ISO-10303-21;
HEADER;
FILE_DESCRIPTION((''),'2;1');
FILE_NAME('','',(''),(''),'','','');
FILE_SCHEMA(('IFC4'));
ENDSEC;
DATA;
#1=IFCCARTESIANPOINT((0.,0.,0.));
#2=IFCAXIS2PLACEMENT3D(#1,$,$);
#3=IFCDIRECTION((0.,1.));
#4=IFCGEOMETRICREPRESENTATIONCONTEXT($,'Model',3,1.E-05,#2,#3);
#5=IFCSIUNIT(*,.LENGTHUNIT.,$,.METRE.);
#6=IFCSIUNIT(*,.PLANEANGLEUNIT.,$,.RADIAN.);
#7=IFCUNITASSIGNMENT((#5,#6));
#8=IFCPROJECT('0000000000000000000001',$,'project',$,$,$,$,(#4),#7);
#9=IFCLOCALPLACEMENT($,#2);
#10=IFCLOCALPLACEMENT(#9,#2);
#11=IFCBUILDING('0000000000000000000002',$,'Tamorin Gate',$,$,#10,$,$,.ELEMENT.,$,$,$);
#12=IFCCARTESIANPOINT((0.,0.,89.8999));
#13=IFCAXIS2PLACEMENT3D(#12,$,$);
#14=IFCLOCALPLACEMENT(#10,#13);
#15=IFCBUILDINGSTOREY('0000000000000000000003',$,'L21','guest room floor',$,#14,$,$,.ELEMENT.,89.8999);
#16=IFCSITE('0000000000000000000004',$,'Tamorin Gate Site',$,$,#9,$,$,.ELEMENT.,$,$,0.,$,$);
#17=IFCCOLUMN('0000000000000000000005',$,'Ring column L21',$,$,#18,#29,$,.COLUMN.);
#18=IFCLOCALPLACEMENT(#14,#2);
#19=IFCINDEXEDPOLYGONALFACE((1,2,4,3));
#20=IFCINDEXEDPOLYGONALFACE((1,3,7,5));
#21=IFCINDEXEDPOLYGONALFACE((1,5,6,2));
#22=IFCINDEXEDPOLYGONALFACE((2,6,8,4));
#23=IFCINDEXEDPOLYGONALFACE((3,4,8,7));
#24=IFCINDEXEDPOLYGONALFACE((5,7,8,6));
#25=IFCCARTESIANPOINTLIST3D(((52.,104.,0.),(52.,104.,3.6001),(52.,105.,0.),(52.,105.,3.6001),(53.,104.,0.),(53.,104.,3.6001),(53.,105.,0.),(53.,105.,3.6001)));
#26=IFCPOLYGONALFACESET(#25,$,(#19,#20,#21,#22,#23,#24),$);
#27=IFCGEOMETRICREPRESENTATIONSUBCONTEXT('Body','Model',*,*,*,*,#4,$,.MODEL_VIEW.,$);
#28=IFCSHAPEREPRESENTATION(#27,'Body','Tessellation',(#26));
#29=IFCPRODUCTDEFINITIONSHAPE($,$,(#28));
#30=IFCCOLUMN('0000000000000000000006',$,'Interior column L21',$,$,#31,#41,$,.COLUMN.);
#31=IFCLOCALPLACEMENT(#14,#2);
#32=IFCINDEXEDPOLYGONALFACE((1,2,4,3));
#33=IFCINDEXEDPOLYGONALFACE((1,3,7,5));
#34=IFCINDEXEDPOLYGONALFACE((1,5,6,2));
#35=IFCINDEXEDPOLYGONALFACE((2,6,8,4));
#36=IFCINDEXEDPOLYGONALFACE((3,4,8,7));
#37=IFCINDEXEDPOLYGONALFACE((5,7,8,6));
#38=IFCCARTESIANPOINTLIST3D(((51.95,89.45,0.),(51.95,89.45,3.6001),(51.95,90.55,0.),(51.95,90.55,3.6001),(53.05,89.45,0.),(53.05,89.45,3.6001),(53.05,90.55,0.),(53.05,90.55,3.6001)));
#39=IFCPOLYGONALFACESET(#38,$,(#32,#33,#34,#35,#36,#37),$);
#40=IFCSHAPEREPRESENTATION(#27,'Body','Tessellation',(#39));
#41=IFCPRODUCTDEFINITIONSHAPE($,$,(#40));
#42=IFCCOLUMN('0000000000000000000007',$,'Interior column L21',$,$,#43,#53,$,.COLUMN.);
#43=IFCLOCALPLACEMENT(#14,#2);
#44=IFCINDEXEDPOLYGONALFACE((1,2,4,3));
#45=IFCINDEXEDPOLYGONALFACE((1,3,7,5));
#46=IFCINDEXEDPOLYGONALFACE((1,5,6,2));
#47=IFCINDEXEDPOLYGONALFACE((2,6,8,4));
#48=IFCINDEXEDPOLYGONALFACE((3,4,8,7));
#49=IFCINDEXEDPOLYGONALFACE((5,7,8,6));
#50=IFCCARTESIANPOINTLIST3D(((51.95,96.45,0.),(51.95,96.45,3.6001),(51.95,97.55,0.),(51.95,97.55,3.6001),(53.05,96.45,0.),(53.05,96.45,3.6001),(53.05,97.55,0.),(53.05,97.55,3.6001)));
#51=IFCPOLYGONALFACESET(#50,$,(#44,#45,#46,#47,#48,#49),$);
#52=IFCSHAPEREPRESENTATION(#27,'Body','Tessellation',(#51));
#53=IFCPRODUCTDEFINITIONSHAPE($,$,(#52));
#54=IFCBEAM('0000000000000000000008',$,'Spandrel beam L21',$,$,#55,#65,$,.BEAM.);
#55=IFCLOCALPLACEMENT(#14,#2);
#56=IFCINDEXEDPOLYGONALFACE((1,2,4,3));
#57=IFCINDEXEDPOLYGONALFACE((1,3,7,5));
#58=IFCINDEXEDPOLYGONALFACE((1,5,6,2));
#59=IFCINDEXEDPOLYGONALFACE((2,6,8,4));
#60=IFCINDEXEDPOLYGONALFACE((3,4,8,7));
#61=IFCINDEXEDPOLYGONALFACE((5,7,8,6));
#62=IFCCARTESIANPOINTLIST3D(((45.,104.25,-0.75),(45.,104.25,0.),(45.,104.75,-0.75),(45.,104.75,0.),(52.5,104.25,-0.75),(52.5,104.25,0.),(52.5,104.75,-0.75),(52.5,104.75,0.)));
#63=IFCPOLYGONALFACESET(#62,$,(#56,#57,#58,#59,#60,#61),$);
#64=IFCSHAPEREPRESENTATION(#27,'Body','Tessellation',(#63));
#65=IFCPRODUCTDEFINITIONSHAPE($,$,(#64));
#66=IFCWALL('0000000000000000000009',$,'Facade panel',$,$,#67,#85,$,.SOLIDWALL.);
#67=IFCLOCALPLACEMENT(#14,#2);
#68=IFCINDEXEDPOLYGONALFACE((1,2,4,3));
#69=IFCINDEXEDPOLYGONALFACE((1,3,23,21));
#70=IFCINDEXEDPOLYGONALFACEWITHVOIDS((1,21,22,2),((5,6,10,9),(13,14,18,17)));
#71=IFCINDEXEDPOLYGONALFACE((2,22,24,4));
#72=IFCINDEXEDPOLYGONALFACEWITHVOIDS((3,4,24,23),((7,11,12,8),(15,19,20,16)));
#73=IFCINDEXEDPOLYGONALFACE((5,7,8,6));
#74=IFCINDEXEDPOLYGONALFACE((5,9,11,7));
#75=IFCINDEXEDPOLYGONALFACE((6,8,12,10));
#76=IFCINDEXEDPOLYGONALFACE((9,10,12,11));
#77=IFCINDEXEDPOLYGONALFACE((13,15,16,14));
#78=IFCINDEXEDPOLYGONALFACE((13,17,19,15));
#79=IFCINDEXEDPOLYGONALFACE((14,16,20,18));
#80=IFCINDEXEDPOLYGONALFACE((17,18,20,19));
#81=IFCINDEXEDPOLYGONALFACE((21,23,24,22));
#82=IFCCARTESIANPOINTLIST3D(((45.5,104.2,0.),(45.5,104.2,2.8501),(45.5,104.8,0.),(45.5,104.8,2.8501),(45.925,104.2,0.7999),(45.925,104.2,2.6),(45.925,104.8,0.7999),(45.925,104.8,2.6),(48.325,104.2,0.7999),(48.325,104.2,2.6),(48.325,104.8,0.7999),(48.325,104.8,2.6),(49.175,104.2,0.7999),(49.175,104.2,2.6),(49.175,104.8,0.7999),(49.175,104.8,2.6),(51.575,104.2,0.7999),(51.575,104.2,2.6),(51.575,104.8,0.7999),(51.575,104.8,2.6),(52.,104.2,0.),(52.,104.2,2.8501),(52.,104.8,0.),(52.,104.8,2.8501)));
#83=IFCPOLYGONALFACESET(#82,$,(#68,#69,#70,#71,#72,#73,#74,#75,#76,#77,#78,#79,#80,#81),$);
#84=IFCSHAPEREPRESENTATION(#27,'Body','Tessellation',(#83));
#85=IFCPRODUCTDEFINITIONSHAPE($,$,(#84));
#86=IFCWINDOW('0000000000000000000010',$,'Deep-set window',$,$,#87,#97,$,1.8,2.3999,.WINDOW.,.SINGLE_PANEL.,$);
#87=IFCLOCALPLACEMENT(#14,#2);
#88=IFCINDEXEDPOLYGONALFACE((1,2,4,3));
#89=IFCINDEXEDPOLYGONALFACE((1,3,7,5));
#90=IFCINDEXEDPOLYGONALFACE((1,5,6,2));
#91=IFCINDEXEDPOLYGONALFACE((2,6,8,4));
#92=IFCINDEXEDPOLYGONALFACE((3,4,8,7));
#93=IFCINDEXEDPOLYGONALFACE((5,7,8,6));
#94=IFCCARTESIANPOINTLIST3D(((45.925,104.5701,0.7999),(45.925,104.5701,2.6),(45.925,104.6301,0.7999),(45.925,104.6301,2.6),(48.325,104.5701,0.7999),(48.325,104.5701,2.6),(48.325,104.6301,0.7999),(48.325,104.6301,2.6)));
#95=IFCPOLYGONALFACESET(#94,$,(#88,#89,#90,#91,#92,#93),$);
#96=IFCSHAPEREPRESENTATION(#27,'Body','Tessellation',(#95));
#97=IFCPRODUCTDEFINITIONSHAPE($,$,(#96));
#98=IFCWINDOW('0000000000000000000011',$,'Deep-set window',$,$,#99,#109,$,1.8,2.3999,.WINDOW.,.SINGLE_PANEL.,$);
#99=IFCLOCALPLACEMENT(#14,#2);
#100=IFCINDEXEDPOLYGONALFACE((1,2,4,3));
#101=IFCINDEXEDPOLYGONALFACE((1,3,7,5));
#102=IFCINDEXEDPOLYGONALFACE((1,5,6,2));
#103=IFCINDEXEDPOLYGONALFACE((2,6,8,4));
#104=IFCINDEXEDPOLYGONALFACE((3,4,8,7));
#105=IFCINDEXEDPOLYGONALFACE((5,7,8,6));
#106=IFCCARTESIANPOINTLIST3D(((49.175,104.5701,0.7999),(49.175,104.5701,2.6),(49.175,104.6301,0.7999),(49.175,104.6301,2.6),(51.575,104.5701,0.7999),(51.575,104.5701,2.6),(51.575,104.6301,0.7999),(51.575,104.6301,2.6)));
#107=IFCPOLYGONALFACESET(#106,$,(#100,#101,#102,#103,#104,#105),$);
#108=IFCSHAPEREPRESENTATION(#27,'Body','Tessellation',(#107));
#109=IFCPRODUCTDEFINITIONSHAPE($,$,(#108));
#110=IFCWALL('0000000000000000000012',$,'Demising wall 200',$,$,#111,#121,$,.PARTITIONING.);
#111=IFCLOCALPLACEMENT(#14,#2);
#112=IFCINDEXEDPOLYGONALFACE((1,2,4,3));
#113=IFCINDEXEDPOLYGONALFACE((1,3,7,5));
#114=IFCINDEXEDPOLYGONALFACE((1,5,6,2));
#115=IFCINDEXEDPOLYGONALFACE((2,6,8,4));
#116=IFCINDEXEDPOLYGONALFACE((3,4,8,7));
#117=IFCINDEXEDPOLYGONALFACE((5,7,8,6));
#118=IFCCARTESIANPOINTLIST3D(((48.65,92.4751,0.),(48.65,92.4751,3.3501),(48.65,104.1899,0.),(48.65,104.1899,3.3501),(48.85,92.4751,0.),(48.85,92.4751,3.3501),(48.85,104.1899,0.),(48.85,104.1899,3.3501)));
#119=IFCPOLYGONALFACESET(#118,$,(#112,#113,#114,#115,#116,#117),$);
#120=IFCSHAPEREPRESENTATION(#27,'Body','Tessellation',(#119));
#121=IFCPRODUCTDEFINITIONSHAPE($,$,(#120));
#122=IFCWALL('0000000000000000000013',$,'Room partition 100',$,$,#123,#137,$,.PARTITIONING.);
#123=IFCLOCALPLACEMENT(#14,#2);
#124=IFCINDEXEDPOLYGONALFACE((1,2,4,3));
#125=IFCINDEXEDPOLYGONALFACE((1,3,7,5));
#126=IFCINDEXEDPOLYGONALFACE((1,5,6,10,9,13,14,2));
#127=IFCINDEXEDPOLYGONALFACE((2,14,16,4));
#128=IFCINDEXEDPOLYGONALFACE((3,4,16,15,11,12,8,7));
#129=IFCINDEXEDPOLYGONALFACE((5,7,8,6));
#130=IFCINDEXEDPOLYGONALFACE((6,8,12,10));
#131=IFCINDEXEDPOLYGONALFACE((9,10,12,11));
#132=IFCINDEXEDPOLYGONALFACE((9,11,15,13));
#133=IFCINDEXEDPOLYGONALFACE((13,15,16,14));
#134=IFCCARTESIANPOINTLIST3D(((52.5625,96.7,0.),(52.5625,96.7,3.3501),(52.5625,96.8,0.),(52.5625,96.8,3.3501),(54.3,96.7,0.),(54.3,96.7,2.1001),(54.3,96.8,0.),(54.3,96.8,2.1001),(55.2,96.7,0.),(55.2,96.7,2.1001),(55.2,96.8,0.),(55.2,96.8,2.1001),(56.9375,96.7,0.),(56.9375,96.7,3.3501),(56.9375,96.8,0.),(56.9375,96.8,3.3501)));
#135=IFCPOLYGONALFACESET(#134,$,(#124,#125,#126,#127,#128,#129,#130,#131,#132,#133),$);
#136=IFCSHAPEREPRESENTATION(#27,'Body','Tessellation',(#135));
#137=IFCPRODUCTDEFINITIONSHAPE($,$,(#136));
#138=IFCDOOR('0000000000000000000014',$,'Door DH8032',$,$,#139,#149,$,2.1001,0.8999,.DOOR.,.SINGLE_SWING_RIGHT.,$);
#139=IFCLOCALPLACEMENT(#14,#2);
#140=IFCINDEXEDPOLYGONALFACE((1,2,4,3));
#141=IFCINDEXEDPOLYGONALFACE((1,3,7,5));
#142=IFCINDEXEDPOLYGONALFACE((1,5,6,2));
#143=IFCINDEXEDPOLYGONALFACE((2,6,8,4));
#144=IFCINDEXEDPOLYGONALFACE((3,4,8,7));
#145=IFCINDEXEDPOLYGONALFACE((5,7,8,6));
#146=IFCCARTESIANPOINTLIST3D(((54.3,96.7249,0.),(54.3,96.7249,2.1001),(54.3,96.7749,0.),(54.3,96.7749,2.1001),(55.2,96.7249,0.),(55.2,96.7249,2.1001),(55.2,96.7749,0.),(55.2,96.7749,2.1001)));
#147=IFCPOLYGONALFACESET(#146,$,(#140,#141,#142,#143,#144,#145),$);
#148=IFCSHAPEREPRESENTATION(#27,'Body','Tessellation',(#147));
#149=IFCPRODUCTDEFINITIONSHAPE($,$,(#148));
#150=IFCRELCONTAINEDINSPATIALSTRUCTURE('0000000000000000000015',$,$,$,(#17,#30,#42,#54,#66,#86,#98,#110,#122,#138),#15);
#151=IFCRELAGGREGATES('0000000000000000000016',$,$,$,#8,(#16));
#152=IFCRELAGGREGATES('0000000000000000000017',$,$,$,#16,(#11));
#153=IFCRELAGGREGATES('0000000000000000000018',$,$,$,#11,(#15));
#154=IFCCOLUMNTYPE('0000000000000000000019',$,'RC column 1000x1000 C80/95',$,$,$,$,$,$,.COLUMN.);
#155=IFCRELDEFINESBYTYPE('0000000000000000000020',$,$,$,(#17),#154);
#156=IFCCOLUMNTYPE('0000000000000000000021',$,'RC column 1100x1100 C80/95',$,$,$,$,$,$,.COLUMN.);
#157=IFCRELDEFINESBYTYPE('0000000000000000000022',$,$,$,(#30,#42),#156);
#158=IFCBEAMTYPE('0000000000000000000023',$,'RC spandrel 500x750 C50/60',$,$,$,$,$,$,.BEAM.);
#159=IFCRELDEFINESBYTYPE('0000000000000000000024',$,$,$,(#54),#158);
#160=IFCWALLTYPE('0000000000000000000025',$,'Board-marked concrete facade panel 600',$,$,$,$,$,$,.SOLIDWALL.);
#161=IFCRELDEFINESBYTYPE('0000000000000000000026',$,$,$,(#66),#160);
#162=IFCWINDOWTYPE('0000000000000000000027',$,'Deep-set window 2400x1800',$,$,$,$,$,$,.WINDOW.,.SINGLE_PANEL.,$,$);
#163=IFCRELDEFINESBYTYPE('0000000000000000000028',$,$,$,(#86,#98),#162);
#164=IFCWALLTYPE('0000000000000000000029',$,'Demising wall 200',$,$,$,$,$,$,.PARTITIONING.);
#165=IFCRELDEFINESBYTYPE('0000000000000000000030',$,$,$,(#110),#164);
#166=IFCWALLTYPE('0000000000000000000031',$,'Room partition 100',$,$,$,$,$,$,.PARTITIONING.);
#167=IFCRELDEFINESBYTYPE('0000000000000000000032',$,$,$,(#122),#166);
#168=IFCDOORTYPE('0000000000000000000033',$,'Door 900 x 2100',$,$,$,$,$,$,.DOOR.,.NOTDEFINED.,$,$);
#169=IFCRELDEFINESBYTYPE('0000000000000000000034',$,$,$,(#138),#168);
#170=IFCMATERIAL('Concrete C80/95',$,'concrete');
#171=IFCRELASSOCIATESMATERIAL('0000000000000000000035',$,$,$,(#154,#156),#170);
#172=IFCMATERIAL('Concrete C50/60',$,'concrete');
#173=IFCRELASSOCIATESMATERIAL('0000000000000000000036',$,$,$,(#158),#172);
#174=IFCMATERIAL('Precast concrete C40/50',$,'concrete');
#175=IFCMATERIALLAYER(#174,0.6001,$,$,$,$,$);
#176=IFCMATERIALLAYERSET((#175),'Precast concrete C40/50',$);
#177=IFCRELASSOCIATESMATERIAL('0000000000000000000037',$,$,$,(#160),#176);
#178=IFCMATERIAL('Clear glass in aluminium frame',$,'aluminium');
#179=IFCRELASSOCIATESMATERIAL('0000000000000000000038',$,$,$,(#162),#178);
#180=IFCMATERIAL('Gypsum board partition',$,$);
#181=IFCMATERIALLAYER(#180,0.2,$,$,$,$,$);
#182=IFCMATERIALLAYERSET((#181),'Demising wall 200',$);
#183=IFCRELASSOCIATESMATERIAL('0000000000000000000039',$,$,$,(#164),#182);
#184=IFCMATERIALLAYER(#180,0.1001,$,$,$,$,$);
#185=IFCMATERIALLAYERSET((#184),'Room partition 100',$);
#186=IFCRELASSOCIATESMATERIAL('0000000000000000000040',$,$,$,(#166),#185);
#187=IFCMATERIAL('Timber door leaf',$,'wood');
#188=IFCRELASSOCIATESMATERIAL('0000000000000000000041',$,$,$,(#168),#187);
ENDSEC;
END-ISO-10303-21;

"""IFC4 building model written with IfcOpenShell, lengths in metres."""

from ifc_helpers import new_model, si_unit, direction, frame, frame_2d, origin, origin_2d, place, context, subcontext, project, spatial, rectangle, extrude, material, layer, layer_set, material_profile, profile_set, type_object, element, fill, save


model = new_model("IFC4")

# Units and contexts
model_context = context("Model", 3, precision=1e-05, world=origin(), true_north=direction((0.0, 1.0)))
body_context = subcontext(model_context, "Body", "Model", "MODEL_VIEW")
ifc_project = project(units=[si_unit("LENGTHUNIT", "METRE"), si_unit("PLANEANGLEUNIT", "RADIAN")], contexts=[model_context])

# Site, building, storey
site_placement = place(None, origin())
site = spatial("IfcSite", under=ifc_project, at=site_placement, Name="Tamorin Gate Site", CompositionType="ELEMENT", RefElevation=0.0)
building_placement = place(site_placement, origin())
building = spatial("IfcBuilding", under=site, at=building_placement, Name="Tamorin Gate", CompositionType="ELEMENT")
storey_placement = place(building_placement, frame((0.0, 0.0, 89.8999)))
storey = spatial("IfcBuildingStorey", under=building, at=storey_placement, Name="L21", Description="guest room floor", CompositionType="ELEMENT", Elevation=89.8999)

# Columns
ifc_material_1 = material(Name="Concrete C80/95", Category="concrete")
ifc_material_profile_1 = material_profile(ifc_material_1, rectangle(XDim=1.0, YDim=1.0, at=origin_2d()), Name="RC 1000x1000")
ifc_profile_set_1 = profile_set([ifc_material_profile_1], Name="Concrete C80/95")
column_type_1 = type_object("IfcColumnType", Name="RC column 1000x1000 C80/95", PredefinedType="COLUMN", material=ifc_profile_set_1)
column_placement = place(storey_placement, frame((52.5, 104.5, 0.0), z_axis=(0.0, 0.0, 1.0), x_axis=(1.0, 0.0, 0.0)))
element("IfcColumn", 1, at=column_placement, inside=storey, type_object=column_type_1, Name="Ring column L21", PredefinedType="COLUMN", context=body_context, shape_type="SweptSolid", body=[
    extrude(rectangle(XDim=1.0, YDim=1.0, at=origin_2d()), origin(), (0.0, 0.0, 1.0), 3.6001),
])
ifc_material_profile_2 = material_profile(ifc_material_1, rectangle(XDim=1.1001, YDim=1.1001, at=origin_2d()), Name="RC 1100x1100")
ifc_profile_set_2 = profile_set([ifc_material_profile_2], Name="Concrete C80/95")
column_type_2 = type_object("IfcColumnType", Name="RC column 1100x1100 C80/95", PredefinedType="COLUMN", material=ifc_profile_set_2)
for number, where, z_axis, x_axis, name in (
    (2, (52.5, 90.0, 0.0), (0.0, 0.0, 1.0), (1.0, 0.0, 0.0), "Interior column L21"),
    (3, (52.5, 97.0, 0.0), (0.0, 0.0, 1.0), (1.0, 0.0, 0.0), "Interior column L21"),
):
    element("IfcColumn", number, at=place(storey_placement, frame(where, z_axis=z_axis, x_axis=x_axis)), inside=storey, type_object=column_type_2, Name=name, PredefinedType="COLUMN", context=body_context, shape_type="SweptSolid", body=[
        extrude(rectangle(XDim=1.1001, YDim=1.1001, at=origin_2d()), origin(), (0.0, 0.0, 1.0), 3.6001),
    ])

# Beam
ifc_material_2 = material(Name="Concrete C50/60", Category="concrete")
ifc_material_profile_3 = material_profile(ifc_material_2, rectangle(XDim=0.5, YDim=0.75, at=origin_2d()), Name="RC 500x750")
ifc_profile_set_3 = profile_set([ifc_material_profile_3], Name="Concrete C50/60")
beam_type = type_object("IfcBeamType", Name="RC spandrel 500x750 C50/60", PredefinedType="BEAM", material=ifc_profile_set_3)
beam_placement = place(storey_placement, frame((52.5, 104.5, -0.375), z_axis=(-1.0, 0.0, 0.0), x_axis=(0.0, -1.0, 0.0)))
element("IfcBeam", 4, at=beam_placement, inside=storey, type_object=beam_type, Name="Spandrel beam L21", PredefinedType="BEAM", context=body_context, shape_type="SweptSolid", body=[
    extrude(rectangle(XDim=0.5, YDim=0.75, at=origin_2d()), origin(), (0.0, 0.0, 1.0), 7.5),
])

# Wall, openings, windows
ifc_material_3 = material(Name="Precast concrete C40/50", Category="concrete")
ifc_layer_1 = layer(ifc_material_3, 0.6001)
ifc_layer_set_1 = layer_set([ifc_layer_1], Name="Precast concrete C40/50")
wall_type_1 = type_object("IfcWallType", Name="Board-marked concrete facade panel 600", PredefinedType="SOLIDWALL", material=ifc_layer_set_1)
wall_1_placement = place(storey_placement, frame((52.0, 104.5, 0.0), z_axis=(0.0, 0.0, 1.0), x_axis=(-1.0, 0.0, 0.0)))
wall_1 = element("IfcWall", 5, at=wall_1_placement, inside=storey, type_object=wall_type_1, Name="Facade panel", PredefinedType="SOLIDWALL", context=body_context, shape_type="SweptSolid", body=[
    extrude(rectangle(XDim=6.5, YDim=0.6001, at=frame_2d((3.25, 0.0))), origin(), (0.0, 0.0, 1.0), 2.8501),
])
opening_1_placement = place(wall_1_placement, frame((3.675, 0.0, 0.8)))
opening_1 = element("IfcOpeningElement", 6, at=opening_1_placement, cuts=wall_1, PredefinedType="OPENING", context=body_context, shape_type="SweptSolid", body=[
    extrude(rectangle(XDim=2.3999, YDim=1.8, at=frame_2d((1.2, 0.8999))), frame((0.0, 0.3101, 0.0), z_axis=(0.0, -1.0, 0.0), x_axis=(1.0, 0.0, 0.0)), (0.0, 0.0, 1.0), 0.6201),
])
opening_2_placement = place(wall_1_placement, frame((0.425, 0.0, 0.8)))
opening_2 = element("IfcOpeningElement", 7, at=opening_2_placement, cuts=wall_1, PredefinedType="OPENING", context=body_context, shape_type="SweptSolid", body=[
    extrude(rectangle(XDim=2.3999, YDim=1.8, at=frame_2d((1.2, 0.8999))), frame((0.0, 0.3101, 0.0), z_axis=(0.0, -1.0, 0.0), x_axis=(1.0, 0.0, 0.0)), (0.0, 0.0, 1.0), 0.6201),
])
ifc_material_4 = material(Name="Clear glass in aluminium frame", Category="aluminium")
window_type = type_object("IfcWindowType", Name="Deep-set window 2400x1800", PartitioningType="SINGLE_PANEL", PredefinedType="WINDOW", material=ifc_material_4)
window_1_placement = place(opening_1_placement, origin())
window_1 = element("IfcWindow", 8, at=window_1_placement, inside=storey, type_object=window_type, Name="Deep-set window", OverallHeight=1.8, OverallWidth=2.3999, PartitioningType="SINGLE_PANEL", PredefinedType="WINDOW", context=body_context, shape_type="SweptSolid", body=[
    extrude(rectangle(XDim=2.3999, YDim=1.8, at=frame_2d((1.2, 0.8999))), frame((0.0, -0.0701, 0.0), z_axis=(0.0, -1.0, 0.0), x_axis=(1.0, 0.0, 0.0)), (0.0, 0.0, 1.0), 0.0601),
])
fill(opening_1, window_1)
window_2_placement = place(opening_2_placement, origin())
window_2 = element("IfcWindow", 9, at=window_2_placement, inside=storey, type_object=window_type, Name="Deep-set window", OverallHeight=1.8, OverallWidth=2.3999, PartitioningType="SINGLE_PANEL", PredefinedType="WINDOW", context=body_context, shape_type="SweptSolid", body=[
    extrude(rectangle(XDim=2.3999, YDim=1.8, at=frame_2d((1.2, 0.8999))), frame((0.0, -0.0701, 0.0), z_axis=(0.0, -1.0, 0.0), x_axis=(1.0, 0.0, 0.0)), (0.0, 0.0, 1.0), 0.0601),
])
fill(opening_2, window_2)

# Wall
ifc_material_5 = material(Name="Gypsum board partition")
ifc_layer_2 = layer(ifc_material_5, 0.2)
ifc_layer_set_2 = layer_set([ifc_layer_2], Name="Demising wall 200")
wall_type_2 = type_object("IfcWallType", Name="Demising wall 200", PredefinedType="PARTITIONING", material=ifc_layer_set_2)
wall_2_placement = place(storey_placement, frame((48.75, 92.4751, 0.0), z_axis=(0.0, 0.0, 1.0), x_axis=(0.0, 1.0, 0.0)))
element("IfcWall", 10, at=wall_2_placement, inside=storey, type_object=wall_type_2, Name="Demising wall 200", PredefinedType="PARTITIONING", context=body_context, shape_type="SweptSolid", body=[
    extrude(rectangle(XDim=11.7148, YDim=0.2, at=frame_2d((5.8574, 0.0))), origin(), (0.0, 0.0, 1.0), 3.3501),
])

# Wall, opening, door
ifc_layer_3 = layer(ifc_material_5, 0.1001)
ifc_layer_set_3 = layer_set([ifc_layer_3], Name="Room partition 100")
wall_type_3 = type_object("IfcWallType", Name="Room partition 100", PredefinedType="PARTITIONING", material=ifc_layer_set_3)
wall_3_placement = place(storey_placement, frame((52.5625, 96.75, 0.0), z_axis=(0.0, 0.0, 1.0), x_axis=(1.0, 0.0, 0.0)))
wall_3 = element("IfcWall", 11, at=wall_3_placement, inside=storey, type_object=wall_type_3, Name="Room partition 100", PredefinedType="PARTITIONING", context=body_context, shape_type="SweptSolid", body=[
    extrude(rectangle(XDim=4.375, YDim=0.1001, at=frame_2d((2.1875, 0.0))), origin(), (0.0, 0.0, 1.0), 3.3501),
])
opening_3_placement = place(wall_3_placement, frame((1.7375, 0.0, 0.0)))
opening_3 = element("IfcOpeningElement", 12, at=opening_3_placement, cuts=wall_3, PredefinedType="OPENING", context=body_context, shape_type="SweptSolid", body=[
    extrude(rectangle(XDim=0.8999, YDim=2.1001, at=frame_2d((0.45, 1.05))), frame((0.0, 0.0601, 0.0), z_axis=(0.0, -1.0, 0.0), x_axis=(1.0, 0.0, 0.0)), (0.0, 0.0, 1.0), 0.1201),
])
ifc_material_6 = material(Name="Timber door leaf", Category="wood")
door_type = type_object("IfcDoorType", Name="Door 900 x 2100", OperationType="NOTDEFINED", PredefinedType="DOOR", material=ifc_material_6)
door_1_placement = place(opening_3_placement, origin())
door_1 = element("IfcDoor", 13, at=door_1_placement, inside=storey, type_object=door_type, Name="Door DH8032", OperationType="SINGLE_SWING_RIGHT", OverallHeight=2.1001, OverallWidth=0.8999, PredefinedType="DOOR", context=body_context, shape_type="SweptSolid", body=[
    extrude(rectangle(XDim=0.8999, YDim=2.1001, at=frame_2d((0.45, 1.05))), frame((0.0, 0.0249, 0.0), z_axis=(0.0, -1.0, 0.0), x_axis=(1.0, 0.0, 0.0)), (0.0, 0.0, 1.0), 0.05),
])
fill(opening_3, door_1)

save(model, "model.ifc")
